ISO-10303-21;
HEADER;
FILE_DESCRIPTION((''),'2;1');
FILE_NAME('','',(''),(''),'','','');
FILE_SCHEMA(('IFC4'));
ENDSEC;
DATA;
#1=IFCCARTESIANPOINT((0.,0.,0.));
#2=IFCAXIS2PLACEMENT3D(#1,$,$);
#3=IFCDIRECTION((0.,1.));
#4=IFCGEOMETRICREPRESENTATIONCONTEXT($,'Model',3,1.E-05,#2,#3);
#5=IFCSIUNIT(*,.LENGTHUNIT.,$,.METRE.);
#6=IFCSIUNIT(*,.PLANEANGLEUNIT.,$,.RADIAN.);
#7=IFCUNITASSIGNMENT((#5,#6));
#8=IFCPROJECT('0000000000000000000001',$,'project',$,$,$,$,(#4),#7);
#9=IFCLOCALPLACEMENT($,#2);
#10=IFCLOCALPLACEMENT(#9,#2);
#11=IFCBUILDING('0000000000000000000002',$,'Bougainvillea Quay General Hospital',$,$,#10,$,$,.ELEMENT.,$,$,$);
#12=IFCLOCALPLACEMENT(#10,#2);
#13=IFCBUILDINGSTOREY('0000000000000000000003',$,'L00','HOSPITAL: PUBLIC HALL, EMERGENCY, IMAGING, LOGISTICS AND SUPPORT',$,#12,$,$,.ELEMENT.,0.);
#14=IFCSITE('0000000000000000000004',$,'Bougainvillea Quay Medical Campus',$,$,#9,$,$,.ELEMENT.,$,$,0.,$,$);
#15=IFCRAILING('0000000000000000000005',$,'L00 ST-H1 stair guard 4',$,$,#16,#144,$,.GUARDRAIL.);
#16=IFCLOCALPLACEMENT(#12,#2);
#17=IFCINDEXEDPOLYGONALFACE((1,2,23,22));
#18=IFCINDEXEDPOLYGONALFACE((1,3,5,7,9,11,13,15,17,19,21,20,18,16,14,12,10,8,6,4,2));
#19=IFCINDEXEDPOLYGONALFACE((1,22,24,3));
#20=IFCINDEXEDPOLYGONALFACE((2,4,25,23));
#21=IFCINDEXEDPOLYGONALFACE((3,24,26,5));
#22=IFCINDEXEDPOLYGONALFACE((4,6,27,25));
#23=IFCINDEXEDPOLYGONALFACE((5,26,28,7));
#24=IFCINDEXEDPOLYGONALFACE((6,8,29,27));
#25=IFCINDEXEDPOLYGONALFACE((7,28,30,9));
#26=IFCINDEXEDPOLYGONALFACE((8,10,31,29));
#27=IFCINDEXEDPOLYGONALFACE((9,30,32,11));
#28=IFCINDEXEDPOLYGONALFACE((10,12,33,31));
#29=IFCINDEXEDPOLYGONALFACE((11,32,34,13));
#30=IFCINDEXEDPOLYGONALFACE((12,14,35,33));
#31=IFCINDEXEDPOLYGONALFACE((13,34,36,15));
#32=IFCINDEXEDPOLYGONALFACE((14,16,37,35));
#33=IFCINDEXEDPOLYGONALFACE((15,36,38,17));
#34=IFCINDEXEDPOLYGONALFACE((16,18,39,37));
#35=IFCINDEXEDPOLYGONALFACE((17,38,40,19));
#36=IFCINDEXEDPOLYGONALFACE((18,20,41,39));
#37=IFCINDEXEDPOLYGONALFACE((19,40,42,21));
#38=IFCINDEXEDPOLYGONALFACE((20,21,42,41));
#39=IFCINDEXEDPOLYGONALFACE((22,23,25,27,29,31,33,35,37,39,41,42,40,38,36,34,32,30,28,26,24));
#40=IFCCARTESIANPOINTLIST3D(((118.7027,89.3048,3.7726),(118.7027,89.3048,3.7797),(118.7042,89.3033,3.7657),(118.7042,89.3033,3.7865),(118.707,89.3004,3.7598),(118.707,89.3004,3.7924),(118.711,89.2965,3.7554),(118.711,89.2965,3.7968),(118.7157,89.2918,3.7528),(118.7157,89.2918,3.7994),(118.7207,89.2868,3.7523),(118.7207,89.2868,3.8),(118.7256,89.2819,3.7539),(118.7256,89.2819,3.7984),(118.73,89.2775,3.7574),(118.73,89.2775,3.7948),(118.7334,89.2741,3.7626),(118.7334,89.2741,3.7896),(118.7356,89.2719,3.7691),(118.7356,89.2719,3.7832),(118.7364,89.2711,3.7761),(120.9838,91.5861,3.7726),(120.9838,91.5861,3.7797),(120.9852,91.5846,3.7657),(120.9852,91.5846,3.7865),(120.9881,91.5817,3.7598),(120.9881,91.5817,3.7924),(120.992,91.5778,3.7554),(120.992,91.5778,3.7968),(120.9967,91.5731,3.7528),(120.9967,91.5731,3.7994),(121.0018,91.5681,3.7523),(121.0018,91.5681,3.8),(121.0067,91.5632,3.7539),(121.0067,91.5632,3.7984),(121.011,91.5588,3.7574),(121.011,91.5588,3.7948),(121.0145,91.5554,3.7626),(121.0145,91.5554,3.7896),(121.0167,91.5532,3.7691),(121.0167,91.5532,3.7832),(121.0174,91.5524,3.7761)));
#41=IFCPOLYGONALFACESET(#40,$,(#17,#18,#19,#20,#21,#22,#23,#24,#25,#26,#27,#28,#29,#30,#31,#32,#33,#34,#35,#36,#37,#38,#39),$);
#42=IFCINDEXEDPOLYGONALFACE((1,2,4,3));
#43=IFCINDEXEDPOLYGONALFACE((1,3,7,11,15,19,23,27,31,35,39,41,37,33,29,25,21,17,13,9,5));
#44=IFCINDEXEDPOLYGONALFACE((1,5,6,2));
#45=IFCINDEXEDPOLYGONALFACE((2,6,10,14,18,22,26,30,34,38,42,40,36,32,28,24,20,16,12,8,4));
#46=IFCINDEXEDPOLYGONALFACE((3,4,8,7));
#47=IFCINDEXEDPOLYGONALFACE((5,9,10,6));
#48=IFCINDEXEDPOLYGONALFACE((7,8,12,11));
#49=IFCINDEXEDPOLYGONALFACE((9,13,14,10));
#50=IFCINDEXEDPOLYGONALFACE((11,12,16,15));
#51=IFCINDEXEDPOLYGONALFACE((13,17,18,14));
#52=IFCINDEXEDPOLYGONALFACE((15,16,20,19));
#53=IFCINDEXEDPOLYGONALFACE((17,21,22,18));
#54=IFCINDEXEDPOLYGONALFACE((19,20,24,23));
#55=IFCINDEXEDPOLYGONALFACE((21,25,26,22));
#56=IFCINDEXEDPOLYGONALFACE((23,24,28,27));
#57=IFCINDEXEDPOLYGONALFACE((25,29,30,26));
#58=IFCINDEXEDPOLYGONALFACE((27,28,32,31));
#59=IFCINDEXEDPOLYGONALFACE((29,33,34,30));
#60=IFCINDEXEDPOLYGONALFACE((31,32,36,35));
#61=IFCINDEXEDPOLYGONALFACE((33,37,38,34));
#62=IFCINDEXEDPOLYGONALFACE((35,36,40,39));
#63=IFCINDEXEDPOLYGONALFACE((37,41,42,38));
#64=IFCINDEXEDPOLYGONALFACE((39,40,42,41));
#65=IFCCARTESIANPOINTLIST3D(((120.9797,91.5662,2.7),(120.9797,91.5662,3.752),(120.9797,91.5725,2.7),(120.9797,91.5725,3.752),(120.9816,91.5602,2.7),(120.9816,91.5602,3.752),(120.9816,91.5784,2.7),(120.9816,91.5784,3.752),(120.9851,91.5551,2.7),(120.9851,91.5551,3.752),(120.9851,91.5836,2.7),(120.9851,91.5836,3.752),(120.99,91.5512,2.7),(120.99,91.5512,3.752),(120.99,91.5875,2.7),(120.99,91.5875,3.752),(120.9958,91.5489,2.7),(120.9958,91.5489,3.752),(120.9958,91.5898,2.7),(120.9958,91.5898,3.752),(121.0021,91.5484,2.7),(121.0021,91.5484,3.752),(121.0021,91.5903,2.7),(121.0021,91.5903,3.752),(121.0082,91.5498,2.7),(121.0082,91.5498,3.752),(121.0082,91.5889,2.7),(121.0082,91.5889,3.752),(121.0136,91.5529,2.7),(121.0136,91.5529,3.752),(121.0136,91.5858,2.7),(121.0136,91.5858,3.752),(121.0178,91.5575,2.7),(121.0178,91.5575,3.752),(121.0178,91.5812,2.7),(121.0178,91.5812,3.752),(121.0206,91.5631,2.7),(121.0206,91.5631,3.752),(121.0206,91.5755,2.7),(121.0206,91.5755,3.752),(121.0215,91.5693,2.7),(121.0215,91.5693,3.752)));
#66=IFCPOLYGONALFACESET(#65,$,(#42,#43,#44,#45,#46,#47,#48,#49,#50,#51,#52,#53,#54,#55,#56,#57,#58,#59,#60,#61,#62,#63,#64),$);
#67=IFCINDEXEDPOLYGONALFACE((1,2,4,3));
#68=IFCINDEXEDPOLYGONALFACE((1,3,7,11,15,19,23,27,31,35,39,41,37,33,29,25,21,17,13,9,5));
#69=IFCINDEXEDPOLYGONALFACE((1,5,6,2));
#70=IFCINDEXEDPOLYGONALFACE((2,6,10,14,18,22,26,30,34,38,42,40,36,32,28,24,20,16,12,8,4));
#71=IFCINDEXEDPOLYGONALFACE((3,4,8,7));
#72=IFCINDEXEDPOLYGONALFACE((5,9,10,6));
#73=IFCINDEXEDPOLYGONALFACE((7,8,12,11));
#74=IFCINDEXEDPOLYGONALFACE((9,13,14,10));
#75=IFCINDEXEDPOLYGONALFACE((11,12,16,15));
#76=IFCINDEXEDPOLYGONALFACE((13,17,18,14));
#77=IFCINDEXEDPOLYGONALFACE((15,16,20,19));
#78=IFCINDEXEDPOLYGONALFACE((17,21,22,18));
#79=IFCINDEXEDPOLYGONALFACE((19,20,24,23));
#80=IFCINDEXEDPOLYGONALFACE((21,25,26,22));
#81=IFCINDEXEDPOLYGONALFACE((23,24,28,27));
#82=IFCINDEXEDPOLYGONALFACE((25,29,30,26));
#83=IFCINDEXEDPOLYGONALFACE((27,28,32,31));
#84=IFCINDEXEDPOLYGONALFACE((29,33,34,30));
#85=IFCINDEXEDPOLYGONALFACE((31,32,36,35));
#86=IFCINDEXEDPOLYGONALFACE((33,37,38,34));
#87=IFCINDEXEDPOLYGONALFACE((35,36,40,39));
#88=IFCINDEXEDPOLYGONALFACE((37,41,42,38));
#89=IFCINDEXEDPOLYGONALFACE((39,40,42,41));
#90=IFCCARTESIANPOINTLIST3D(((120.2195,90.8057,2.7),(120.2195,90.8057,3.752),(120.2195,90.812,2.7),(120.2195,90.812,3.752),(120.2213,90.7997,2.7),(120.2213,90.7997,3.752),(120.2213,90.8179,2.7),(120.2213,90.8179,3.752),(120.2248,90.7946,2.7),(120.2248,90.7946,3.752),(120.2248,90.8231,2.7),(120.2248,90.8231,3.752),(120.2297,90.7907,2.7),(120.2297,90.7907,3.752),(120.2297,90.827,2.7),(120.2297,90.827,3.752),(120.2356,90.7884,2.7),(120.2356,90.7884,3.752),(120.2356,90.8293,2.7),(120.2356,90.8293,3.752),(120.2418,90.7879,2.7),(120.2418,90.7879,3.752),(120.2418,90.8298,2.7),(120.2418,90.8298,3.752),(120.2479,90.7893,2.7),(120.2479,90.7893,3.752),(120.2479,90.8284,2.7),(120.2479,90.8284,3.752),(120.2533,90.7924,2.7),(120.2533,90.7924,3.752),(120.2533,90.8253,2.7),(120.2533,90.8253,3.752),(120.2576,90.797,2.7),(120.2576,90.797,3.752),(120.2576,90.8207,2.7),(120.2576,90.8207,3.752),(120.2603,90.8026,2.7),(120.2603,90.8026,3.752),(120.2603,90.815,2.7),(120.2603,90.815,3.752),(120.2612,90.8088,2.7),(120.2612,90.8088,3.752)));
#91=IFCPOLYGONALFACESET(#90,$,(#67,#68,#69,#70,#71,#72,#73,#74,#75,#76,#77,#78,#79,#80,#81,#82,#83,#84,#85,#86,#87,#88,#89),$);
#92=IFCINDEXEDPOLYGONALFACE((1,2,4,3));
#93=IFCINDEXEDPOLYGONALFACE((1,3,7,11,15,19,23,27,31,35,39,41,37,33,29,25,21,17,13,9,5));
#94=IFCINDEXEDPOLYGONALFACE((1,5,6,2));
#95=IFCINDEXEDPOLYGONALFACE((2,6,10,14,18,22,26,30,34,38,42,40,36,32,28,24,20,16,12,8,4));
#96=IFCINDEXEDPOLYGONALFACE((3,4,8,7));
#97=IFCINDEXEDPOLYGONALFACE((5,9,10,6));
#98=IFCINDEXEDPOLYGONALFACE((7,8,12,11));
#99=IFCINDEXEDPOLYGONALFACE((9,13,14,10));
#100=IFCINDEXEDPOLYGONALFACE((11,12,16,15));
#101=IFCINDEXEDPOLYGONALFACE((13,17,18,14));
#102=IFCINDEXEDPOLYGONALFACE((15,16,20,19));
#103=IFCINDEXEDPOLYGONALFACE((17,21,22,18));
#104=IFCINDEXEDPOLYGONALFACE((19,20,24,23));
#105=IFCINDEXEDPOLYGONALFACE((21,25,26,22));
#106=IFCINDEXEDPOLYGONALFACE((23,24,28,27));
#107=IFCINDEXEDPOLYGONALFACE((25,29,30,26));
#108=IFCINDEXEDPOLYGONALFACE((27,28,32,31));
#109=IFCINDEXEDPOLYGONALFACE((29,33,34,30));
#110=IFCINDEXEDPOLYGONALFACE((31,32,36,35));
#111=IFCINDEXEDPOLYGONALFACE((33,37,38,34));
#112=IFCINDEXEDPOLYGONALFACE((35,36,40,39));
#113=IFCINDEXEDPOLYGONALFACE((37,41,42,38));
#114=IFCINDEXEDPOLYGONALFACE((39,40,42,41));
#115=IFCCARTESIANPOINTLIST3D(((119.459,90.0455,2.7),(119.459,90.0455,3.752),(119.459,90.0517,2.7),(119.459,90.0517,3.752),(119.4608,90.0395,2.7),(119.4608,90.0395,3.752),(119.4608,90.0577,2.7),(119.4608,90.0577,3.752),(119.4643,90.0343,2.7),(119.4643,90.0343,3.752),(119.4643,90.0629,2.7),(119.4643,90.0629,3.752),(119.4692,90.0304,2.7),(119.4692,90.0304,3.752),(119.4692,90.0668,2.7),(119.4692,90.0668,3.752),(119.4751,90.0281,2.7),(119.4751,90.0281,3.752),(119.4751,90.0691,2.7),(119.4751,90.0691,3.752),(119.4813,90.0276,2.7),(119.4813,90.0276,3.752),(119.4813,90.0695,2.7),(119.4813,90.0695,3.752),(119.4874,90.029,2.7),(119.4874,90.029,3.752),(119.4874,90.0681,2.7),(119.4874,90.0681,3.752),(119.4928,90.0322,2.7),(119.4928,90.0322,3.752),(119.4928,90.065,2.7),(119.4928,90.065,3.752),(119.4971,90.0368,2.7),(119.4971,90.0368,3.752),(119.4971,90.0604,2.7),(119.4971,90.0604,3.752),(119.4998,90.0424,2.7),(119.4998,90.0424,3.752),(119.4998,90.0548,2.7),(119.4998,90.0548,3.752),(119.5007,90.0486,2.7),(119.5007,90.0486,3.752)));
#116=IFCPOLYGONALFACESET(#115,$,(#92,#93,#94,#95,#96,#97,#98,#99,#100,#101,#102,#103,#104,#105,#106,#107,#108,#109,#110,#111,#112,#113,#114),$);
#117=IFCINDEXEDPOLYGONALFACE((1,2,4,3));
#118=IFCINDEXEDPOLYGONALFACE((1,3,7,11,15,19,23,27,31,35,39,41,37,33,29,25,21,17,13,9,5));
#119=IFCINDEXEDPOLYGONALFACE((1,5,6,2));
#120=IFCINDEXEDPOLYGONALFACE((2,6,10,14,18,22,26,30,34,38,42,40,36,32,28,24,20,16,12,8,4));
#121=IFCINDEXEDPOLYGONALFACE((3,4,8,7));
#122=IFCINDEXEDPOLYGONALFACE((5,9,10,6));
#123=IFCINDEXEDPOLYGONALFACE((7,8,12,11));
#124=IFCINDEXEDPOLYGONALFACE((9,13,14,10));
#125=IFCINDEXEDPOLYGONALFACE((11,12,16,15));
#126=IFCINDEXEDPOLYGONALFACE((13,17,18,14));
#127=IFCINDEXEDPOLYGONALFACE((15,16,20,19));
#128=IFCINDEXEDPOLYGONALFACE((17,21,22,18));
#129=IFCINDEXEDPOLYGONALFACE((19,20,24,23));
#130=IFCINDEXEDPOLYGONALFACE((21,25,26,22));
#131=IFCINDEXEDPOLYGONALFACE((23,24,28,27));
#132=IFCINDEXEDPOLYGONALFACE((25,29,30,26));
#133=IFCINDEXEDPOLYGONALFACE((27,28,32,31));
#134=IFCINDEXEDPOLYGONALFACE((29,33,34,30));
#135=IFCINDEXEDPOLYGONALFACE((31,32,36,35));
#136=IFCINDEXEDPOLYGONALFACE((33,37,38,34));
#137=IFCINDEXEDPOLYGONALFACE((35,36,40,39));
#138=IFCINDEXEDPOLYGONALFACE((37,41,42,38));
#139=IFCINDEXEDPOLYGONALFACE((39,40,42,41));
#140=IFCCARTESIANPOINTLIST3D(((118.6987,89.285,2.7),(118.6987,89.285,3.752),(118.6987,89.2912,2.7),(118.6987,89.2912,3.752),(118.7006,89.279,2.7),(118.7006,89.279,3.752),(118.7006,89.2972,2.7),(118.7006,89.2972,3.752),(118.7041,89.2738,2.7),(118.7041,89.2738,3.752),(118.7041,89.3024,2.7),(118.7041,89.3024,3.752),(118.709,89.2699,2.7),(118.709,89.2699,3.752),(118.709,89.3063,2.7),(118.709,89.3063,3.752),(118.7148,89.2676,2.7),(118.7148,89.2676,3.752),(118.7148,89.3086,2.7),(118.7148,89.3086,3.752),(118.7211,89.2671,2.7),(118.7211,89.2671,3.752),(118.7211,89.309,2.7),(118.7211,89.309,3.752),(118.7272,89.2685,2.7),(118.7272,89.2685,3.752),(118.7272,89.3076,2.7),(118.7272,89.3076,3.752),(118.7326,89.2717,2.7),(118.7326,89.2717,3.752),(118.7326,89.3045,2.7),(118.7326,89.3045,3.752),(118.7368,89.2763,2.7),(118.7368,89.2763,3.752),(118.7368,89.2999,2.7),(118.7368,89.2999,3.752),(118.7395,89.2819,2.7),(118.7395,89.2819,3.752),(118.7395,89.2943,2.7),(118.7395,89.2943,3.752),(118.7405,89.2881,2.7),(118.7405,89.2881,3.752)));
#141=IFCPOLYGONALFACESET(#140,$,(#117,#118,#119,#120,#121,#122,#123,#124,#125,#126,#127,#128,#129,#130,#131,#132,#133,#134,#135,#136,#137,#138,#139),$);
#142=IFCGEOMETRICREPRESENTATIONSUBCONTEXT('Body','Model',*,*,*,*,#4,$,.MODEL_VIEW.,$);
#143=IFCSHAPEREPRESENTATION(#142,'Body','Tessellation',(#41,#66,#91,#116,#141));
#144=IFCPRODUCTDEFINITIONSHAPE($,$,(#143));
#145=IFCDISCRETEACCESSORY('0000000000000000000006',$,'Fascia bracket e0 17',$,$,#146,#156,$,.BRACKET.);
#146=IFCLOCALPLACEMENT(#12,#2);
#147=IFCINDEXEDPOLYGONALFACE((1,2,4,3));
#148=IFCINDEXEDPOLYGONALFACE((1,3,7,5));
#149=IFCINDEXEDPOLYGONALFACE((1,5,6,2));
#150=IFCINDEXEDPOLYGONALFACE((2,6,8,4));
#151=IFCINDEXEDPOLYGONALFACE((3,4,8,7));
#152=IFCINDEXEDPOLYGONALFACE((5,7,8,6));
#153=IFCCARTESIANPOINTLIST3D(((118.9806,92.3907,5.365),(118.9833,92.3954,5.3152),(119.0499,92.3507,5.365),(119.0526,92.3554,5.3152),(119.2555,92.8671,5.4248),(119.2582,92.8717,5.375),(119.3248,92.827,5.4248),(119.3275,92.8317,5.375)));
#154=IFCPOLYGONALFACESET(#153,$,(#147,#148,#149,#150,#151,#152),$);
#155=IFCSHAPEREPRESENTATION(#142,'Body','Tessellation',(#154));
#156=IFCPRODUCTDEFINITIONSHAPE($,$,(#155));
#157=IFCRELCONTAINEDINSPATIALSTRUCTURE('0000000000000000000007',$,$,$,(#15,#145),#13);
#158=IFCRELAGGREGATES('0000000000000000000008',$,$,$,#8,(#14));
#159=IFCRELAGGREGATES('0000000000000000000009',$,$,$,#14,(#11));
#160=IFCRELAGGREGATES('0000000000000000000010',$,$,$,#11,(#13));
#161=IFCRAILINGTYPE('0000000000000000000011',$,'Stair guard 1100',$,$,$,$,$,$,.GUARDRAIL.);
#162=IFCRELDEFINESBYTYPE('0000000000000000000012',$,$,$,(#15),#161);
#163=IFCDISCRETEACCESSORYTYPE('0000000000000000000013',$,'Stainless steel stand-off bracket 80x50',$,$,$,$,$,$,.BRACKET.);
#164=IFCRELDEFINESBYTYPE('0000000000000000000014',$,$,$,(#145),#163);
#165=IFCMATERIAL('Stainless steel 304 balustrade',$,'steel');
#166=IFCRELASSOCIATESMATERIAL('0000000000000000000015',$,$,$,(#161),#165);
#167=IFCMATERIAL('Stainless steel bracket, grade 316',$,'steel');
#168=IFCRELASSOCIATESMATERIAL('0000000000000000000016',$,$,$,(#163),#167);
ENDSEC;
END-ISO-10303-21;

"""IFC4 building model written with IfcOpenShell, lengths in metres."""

from ifc_helpers import new_model, si_unit, direction, frame, origin, origin_2d, place, context, subcontext, project, spatial, rectangle, circle, extrude, material, material_profile, profile_set, type_object, element, save


model = new_model("IFC4")

# Units and contexts
model_context = context("Model", 3, precision=1e-05, world=origin(), true_north=direction((0.0, 1.0)))
body_context = subcontext(model_context, "Body", "Model", "MODEL_VIEW")
ifc_project = project(units=[si_unit("LENGTHUNIT", "METRE"), si_unit("PLANEANGLEUNIT", "RADIAN")], contexts=[model_context])

# Site, building, storey
site_placement = place(None, origin())
site = spatial("IfcSite", under=ifc_project, at=site_placement, Name="Bougainvillea Quay Medical Campus", CompositionType="ELEMENT", RefElevation=0.0)
building_placement = place(site_placement, origin())
building = spatial("IfcBuilding", under=site, at=building_placement, Name="Bougainvillea Quay General Hospital", CompositionType="ELEMENT")
storey_placement = place(building_placement, origin())
storey = spatial("IfcBuildingStorey", under=building, at=storey_placement, Name="L00", Description="HOSPITAL: PUBLIC HALL, EMERGENCY, IMAGING, LOGISTICS AND SUPPORT", CompositionType="ELEMENT", Elevation=0.0)

# Railing
ifc_material_1 = material(Name="Stainless steel 304 balustrade", Category="steel")
railing_type = type_object("IfcRailingType", Name="Stair guard 1100", PredefinedType="GUARDRAIL", material=ifc_material_1)
railing_placement = place(storey_placement, frame((121.0005, 91.5693, 2.7)))
element("IfcRailing", 1, at=railing_placement, inside=storey, type_object=railing_type, Name="L00 ST-H1 stair guard 4", PredefinedType="GUARDRAIL", context=body_context, shape_type="SweptSolid", body=[
    extrude(circle(Radius=0.0239, at=origin_2d()), frame((0.0, 0.0, 1.0762), z_axis=(-0.707069, -0.707145, 0.0), x_axis=(0.707145, -0.707069, 0.0)), (0.0, 0.0, 1.0), 3.2261),
    extrude(circle(Radius=0.021, at=origin_2d()), origin(), (0.0, 0.0, 1.0), 1.052),
    extrude(circle(Radius=0.021, at=origin_2d()), frame((-0.7603, -0.7605, 0.0)), (0.0, 0.0, 1.0), 1.052),
    extrude(circle(Radius=0.021, at=origin_2d()), frame((-1.5208, -1.5208, 0.0)), (0.0, 0.0, 1.0), 1.052),
    extrude(circle(Radius=0.021, at=origin_2d()), frame((-2.281, -2.2812, 0.0)), (0.0, 0.0, 1.0), 1.052),
])

# Discrete accessory
ifc_material_2 = material(Name="Stainless steel bracket, grade 316", Category="steel")
ifc_material_profile_1 = material_profile(ifc_material_2, rectangle(XDim=0.0801, YDim=0.05, at=origin_2d()))
ifc_profile_set_1 = profile_set([ifc_material_profile_1], Name="Stainless steel bracket, grade 316")
discrete_accessory_type = type_object("IfcDiscreteAccessoryType", Name="Stainless steel stand-off bracket 80x50", PredefinedType="BRACKET", material=ifc_profile_set_1)
discrete_accessory_placement = place(storey_placement, frame((119.0166, 92.373, 5.3401), z_axis=(0.496933, 0.861027, 0.108125), x_axis=(-0.866104, 0.499863, 0.0)))
element("IfcDiscreteAccessory", 2, at=discrete_accessory_placement, inside=storey, type_object=discrete_accessory_type, Name="Fascia bracket e0 17", PredefinedType="BRACKET", context=body_context, shape_type="SweptSolid", body=[
    extrude(rectangle(XDim=0.0801, YDim=0.05, at=origin_2d()), origin(), (0.0, 0.0, 1.0), 0.5532),
])

save(model, "model.ifc")
